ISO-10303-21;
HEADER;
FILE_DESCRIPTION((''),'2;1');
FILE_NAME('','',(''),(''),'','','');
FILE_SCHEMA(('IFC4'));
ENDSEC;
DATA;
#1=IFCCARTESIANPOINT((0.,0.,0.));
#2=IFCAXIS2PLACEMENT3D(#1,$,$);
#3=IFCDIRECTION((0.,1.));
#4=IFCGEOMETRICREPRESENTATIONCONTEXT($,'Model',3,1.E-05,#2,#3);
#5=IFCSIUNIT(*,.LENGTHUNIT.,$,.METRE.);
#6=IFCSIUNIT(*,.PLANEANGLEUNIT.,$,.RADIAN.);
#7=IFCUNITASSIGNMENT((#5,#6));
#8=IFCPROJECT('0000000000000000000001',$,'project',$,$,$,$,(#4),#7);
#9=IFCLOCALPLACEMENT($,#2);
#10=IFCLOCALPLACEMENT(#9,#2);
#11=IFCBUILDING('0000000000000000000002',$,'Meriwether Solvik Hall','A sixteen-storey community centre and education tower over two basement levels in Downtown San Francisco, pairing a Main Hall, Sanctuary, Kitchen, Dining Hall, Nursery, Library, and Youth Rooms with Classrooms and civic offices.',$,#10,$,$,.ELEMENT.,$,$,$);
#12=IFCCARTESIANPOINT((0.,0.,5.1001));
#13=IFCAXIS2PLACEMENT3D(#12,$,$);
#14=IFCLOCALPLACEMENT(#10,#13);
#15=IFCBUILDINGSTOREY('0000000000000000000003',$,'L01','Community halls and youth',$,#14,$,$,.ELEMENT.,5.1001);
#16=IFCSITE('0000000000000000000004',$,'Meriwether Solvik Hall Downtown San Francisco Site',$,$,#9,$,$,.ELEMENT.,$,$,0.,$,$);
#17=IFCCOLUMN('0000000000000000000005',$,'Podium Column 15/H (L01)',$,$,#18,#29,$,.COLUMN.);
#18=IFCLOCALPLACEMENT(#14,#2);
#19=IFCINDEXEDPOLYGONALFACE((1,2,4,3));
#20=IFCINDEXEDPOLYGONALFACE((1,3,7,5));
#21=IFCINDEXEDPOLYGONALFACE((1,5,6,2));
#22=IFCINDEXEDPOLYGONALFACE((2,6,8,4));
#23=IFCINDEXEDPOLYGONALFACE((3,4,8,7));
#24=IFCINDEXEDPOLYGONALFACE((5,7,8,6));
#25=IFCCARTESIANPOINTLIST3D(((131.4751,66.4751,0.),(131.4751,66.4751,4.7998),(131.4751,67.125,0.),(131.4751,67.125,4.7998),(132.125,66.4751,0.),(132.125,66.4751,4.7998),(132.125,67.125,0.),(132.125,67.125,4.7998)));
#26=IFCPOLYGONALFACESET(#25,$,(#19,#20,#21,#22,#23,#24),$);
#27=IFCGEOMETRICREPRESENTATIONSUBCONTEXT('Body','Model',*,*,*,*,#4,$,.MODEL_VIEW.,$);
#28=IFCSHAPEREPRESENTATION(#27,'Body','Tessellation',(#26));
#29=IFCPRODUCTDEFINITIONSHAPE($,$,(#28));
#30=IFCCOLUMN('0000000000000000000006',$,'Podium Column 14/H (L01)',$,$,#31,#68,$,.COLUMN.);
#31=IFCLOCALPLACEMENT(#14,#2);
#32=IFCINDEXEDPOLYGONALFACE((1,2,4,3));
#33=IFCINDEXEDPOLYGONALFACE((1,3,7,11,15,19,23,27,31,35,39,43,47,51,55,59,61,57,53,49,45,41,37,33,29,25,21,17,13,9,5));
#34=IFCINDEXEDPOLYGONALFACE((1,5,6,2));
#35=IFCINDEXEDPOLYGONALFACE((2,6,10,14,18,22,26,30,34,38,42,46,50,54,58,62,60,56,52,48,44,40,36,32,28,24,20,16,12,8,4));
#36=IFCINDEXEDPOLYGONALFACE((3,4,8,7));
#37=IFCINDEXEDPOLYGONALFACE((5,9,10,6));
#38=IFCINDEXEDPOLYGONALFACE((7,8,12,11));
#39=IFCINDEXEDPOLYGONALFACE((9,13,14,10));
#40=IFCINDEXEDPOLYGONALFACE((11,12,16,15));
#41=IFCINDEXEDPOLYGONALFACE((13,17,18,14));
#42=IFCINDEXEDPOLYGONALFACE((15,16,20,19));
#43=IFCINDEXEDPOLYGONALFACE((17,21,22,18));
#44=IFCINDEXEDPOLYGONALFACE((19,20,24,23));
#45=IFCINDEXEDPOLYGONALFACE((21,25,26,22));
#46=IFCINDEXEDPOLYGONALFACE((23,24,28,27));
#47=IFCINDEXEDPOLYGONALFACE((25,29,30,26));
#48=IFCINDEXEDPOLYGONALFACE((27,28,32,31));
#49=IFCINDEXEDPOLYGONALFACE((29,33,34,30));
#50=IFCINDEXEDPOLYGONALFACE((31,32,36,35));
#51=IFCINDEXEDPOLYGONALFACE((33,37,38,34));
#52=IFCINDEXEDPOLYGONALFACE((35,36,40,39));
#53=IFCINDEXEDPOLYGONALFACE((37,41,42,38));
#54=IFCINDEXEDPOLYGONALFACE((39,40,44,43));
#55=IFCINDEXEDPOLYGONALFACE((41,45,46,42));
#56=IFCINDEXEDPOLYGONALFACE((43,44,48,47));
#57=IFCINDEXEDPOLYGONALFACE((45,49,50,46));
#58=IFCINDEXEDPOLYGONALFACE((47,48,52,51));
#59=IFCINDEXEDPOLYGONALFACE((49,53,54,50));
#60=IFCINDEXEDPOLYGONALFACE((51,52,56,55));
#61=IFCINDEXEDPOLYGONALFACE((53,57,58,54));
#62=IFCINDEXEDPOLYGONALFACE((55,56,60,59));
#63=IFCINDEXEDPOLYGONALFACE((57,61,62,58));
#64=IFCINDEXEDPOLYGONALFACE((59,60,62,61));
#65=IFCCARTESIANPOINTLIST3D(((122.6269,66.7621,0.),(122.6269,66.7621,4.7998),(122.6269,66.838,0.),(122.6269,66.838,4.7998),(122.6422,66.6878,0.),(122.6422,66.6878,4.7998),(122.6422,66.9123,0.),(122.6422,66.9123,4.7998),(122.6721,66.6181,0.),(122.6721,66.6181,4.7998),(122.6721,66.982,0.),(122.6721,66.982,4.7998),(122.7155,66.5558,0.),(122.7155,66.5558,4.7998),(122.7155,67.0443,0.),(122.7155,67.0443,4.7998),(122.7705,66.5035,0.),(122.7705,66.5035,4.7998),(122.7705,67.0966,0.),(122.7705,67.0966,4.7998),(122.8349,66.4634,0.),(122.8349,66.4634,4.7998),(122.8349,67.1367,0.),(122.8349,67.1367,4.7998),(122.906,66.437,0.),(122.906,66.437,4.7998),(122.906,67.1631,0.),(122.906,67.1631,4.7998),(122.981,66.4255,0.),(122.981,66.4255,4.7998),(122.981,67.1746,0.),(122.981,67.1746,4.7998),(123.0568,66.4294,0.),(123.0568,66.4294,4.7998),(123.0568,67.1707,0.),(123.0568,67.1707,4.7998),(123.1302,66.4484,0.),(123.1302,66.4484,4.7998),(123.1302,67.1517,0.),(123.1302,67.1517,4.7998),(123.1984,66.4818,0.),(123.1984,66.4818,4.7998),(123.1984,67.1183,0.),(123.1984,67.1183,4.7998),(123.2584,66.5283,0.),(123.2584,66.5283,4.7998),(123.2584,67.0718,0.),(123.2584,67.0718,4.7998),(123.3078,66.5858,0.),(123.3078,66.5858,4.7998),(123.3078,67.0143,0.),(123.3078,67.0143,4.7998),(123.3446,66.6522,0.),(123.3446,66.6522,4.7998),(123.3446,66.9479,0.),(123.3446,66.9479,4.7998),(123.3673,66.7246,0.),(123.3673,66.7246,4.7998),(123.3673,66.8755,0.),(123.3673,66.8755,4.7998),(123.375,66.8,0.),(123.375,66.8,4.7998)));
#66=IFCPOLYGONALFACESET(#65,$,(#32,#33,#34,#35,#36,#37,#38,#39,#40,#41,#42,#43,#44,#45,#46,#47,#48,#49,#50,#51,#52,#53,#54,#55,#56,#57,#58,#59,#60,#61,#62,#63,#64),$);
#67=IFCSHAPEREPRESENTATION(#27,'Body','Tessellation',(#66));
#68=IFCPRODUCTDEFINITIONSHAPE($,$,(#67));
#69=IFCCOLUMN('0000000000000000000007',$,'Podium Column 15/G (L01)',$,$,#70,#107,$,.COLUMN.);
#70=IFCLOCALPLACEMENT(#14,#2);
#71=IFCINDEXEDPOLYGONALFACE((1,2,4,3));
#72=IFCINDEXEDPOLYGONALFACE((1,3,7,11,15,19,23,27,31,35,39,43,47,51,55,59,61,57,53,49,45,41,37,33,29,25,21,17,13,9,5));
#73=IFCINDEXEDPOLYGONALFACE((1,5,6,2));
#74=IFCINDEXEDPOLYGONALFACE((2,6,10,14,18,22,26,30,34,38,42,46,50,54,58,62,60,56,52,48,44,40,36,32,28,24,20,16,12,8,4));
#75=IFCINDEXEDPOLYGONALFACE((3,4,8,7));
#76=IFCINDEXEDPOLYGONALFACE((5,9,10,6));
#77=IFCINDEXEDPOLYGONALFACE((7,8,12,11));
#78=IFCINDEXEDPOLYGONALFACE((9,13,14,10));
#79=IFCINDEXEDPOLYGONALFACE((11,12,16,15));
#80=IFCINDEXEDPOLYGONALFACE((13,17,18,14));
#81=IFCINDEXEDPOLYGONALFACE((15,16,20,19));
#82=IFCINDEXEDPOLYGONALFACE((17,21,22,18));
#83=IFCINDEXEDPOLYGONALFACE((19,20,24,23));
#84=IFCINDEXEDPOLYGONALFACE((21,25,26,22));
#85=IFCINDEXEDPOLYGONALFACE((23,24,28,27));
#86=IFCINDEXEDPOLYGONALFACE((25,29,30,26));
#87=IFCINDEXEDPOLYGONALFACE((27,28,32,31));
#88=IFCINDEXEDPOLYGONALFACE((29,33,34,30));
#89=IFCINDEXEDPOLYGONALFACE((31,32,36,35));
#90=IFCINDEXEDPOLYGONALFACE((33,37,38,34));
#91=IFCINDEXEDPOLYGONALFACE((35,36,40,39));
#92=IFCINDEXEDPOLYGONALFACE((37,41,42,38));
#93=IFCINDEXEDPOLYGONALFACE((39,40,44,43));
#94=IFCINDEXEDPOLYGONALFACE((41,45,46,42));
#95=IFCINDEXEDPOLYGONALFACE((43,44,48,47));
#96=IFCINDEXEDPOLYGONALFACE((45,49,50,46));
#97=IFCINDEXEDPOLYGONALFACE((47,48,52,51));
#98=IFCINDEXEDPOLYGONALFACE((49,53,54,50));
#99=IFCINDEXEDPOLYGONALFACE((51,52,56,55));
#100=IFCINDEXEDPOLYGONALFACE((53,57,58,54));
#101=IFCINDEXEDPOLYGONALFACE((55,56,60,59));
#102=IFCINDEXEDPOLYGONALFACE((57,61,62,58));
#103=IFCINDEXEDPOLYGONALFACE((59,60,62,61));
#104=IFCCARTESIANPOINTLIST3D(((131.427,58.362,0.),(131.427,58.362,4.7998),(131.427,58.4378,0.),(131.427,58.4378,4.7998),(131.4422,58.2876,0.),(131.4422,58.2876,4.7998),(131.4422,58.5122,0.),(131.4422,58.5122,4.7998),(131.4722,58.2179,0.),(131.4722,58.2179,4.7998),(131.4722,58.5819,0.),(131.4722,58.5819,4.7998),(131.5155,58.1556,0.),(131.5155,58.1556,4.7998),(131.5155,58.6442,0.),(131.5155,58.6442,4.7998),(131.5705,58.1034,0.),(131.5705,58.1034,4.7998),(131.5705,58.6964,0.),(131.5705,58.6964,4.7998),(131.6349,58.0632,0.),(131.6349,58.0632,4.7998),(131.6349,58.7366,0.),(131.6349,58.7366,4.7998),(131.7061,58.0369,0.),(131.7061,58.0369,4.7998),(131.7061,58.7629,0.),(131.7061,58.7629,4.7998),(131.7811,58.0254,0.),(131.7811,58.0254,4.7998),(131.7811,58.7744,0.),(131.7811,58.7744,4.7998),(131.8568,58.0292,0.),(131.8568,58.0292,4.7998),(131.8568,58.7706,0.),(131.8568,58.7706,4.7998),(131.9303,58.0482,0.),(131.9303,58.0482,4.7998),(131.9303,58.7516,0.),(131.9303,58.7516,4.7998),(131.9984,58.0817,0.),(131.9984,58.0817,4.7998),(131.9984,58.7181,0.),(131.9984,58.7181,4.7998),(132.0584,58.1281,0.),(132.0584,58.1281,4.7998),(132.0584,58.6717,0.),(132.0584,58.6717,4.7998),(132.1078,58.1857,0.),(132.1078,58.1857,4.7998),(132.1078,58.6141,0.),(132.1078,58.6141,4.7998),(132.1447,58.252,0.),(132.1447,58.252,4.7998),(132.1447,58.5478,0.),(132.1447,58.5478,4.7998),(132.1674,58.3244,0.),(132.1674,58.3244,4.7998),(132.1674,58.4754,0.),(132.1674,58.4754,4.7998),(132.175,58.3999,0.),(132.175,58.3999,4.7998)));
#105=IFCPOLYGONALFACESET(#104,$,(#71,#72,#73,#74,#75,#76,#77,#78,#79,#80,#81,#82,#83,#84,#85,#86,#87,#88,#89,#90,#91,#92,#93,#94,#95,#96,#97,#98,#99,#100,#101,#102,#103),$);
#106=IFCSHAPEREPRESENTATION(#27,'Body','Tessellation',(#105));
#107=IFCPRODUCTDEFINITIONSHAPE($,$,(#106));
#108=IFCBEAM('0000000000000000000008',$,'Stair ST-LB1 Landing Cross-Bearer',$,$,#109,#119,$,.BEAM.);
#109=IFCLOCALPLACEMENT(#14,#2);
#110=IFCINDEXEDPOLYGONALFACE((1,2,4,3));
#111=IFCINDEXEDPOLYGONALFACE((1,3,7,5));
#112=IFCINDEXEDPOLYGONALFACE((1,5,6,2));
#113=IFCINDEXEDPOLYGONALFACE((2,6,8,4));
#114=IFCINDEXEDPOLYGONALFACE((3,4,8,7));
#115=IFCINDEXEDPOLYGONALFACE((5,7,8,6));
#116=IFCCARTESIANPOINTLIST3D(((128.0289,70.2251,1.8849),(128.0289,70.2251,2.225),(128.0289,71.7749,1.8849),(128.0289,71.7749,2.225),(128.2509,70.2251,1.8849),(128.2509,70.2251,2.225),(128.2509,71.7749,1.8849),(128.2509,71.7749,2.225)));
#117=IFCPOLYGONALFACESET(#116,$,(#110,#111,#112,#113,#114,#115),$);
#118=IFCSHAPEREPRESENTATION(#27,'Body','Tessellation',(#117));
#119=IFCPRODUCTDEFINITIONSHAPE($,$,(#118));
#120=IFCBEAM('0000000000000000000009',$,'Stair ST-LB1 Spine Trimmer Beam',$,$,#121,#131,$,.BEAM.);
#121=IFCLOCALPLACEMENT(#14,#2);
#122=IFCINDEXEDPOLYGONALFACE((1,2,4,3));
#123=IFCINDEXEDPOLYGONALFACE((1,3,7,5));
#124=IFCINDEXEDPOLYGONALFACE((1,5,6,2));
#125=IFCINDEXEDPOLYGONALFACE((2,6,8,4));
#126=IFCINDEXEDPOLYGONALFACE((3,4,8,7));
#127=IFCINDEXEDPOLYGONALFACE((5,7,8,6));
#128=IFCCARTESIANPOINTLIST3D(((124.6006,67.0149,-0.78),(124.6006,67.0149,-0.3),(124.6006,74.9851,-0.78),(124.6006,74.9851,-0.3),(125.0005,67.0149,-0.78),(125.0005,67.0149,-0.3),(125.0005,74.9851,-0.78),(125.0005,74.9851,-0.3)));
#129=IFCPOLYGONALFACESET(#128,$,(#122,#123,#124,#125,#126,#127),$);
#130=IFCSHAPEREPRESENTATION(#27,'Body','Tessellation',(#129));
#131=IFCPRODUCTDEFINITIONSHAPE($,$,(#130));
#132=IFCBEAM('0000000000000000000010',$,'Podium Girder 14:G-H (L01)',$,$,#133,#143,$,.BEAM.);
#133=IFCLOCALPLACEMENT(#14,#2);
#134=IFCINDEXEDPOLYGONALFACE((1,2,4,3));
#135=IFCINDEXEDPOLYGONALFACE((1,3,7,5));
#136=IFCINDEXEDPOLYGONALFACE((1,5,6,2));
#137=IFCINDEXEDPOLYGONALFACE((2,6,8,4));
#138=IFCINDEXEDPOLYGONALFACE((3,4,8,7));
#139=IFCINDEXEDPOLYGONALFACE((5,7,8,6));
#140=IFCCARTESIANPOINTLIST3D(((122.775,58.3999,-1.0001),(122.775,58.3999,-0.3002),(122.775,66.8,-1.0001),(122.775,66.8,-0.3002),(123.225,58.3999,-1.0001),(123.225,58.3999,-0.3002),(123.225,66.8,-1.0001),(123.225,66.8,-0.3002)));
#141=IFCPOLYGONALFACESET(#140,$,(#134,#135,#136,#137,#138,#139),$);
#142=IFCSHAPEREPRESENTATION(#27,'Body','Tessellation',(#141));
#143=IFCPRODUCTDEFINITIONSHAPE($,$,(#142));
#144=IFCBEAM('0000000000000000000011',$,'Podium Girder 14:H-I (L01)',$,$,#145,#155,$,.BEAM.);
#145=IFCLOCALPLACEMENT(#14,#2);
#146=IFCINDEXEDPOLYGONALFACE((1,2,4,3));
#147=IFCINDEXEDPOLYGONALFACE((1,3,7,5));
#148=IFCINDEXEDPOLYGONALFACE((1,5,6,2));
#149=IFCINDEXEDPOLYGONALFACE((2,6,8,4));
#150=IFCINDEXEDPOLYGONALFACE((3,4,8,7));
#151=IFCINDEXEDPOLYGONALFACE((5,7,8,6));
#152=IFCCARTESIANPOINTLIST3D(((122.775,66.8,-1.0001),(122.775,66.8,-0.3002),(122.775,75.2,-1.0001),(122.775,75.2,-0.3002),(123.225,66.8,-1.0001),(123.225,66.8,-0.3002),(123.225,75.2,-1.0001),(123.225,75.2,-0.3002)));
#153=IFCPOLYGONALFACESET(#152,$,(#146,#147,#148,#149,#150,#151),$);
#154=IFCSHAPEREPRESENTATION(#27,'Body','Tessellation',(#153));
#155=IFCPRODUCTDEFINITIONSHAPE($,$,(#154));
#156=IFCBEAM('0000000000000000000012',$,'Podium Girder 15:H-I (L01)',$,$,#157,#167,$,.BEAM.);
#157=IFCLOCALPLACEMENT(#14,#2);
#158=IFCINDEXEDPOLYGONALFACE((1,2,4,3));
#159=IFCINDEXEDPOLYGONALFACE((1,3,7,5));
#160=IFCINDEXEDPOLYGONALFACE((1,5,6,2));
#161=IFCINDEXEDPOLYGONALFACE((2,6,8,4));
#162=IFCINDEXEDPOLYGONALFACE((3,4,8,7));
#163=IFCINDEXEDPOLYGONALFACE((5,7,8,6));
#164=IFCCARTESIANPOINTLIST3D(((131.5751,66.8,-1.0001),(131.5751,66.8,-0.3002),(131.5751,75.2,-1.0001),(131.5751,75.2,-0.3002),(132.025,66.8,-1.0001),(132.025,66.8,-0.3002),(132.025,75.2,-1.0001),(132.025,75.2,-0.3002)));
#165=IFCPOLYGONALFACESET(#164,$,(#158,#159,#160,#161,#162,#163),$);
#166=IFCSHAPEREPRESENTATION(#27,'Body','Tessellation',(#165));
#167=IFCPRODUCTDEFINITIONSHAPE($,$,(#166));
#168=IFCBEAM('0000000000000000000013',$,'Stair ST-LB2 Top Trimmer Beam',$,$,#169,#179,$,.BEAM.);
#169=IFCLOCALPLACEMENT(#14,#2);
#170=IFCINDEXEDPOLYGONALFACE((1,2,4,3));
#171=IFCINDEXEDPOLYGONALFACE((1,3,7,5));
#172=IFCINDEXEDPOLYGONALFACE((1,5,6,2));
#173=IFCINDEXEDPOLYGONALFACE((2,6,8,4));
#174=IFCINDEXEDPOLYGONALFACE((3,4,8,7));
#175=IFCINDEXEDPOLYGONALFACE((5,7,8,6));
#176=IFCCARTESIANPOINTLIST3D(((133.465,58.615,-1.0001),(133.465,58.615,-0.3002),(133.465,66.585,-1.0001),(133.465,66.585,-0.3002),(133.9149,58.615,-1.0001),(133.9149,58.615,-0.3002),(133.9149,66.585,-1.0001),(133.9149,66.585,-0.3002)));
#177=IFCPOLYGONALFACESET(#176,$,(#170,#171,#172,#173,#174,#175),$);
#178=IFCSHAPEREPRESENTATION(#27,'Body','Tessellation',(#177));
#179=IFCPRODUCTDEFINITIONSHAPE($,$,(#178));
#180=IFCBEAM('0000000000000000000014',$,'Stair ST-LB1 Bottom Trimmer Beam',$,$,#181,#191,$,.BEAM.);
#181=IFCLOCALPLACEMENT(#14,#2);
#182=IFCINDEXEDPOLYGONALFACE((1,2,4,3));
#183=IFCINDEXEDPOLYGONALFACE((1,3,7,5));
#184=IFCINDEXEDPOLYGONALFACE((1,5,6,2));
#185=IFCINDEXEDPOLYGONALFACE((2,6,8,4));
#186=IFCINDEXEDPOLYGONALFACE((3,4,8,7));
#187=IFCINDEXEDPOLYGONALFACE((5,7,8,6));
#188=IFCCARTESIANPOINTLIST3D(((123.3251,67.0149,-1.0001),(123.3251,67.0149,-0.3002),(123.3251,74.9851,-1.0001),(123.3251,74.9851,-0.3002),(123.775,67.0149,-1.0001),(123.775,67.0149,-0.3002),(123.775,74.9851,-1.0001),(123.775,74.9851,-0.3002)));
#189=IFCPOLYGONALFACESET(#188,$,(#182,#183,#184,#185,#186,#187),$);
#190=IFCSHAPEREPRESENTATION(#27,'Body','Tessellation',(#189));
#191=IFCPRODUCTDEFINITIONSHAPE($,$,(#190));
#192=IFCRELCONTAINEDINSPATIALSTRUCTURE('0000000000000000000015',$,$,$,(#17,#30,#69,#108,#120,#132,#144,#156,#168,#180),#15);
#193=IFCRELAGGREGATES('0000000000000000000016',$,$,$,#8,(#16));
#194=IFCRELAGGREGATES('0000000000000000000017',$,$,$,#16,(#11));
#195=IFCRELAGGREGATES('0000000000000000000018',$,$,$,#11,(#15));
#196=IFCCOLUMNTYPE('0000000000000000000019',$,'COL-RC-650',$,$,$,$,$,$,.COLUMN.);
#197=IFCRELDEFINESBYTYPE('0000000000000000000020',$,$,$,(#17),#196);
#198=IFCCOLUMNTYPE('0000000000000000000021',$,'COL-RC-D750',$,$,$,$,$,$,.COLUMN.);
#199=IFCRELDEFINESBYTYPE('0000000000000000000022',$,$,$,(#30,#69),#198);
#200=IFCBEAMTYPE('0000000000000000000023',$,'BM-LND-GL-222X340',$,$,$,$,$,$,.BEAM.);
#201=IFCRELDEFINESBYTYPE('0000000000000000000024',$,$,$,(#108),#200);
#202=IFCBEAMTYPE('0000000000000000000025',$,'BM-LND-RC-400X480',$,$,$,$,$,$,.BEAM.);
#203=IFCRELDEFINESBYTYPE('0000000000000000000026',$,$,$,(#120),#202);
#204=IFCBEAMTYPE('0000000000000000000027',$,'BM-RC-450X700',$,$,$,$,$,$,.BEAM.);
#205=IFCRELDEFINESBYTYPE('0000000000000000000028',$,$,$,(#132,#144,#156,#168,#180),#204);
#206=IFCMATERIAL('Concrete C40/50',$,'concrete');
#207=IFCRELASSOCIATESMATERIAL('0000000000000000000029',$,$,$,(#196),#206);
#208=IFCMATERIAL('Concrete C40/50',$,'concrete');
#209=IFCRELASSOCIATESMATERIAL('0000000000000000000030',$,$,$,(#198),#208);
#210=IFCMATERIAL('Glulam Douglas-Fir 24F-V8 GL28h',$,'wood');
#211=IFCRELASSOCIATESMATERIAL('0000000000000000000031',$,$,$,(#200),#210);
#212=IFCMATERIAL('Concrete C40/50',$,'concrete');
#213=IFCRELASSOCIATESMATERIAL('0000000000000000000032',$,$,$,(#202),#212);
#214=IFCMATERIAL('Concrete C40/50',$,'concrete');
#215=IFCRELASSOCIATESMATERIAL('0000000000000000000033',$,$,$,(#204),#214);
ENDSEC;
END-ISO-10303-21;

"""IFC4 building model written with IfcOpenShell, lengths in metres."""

from ifc_helpers import new_model, si_unit, direction, frame, origin, origin_2d, place, context, subcontext, project, spatial, rectangle, circle, extrude, material, material_profile, profile_set, type_object, element, save


model = new_model("IFC4")

# Units and contexts
model_context = context("Model", 3, precision=1e-05, world=origin(), true_north=direction((0.0, 1.0)))
body_context = subcontext(model_context, "Body", "Model", "MODEL_VIEW")
ifc_project = project(units=[si_unit("LENGTHUNIT", "METRE"), si_unit("PLANEANGLEUNIT", "RADIAN")], contexts=[model_context])

# Site, building, storey
site_placement = place(None, origin())
site = spatial("IfcSite", under=ifc_project, at=site_placement, Name="Meriwether Solvik Hall Downtown San Francisco Site", CompositionType="ELEMENT", RefElevation=0.0)
building_placement = place(site_placement, origin())
building = spatial("IfcBuilding", under=site, at=building_placement, Name="Meriwether Solvik Hall", Description="A sixteen-storey community centre and education tower over two basement levels in Downtown San Francisco, pairing a Main Hall, Sanctuary, Kitchen, Dining Hall, Nursery, Library, and Youth Rooms with Classrooms and civic offices.", CompositionType="ELEMENT")
storey_placement = place(building_placement, frame((0.0, 0.0, 5.1001)))
storey = spatial("IfcBuildingStorey", under=building, at=storey_placement, Name="L01", Description="Community halls and youth", CompositionType="ELEMENT", Elevation=5.1001)

# Columns
ifc_material_1 = material(Name="Concrete C40/50", Category="concrete")
ifc_material_profile_1 = material_profile(ifc_material_1, rectangle(XDim=0.6499, YDim=0.6499, at=origin_2d()), Name="RCC-650X650")
ifc_profile_set_1 = profile_set([ifc_material_profile_1], Name="Concrete C40/50")
column_type_1 = type_object("IfcColumnType", Name="COL-RC-650", PredefinedType="COLUMN", material=ifc_profile_set_1)
column_placement = place(storey_placement, frame((131.8, 66.8, 0.0), z_axis=(0.0, 0.0, 1.0), x_axis=(1.0, 0.0, 0.0)))
element("IfcColumn", 1, at=column_placement, inside=storey, type_object=column_type_1, Name="Podium Column 15/H (L01)", PredefinedType="COLUMN", context=body_context, shape_type="SweptSolid", body=[
    extrude(rectangle(XDim=0.6499, YDim=0.6499, at=origin_2d()), origin(), (0.0, 0.0, 1.0), 4.7998),
])
ifc_material_2 = material(Name="Concrete C40/50", Category="concrete")
ifc_material_profile_2 = material_profile(ifc_material_2, circle(Radius=0.375, at=origin_2d()), Name="RCC-D750")
ifc_profile_set_2 = profile_set([ifc_material_profile_2], Name="Concrete C40/50")
column_type_2 = type_object("IfcColumnType", Name="COL-RC-D750", PredefinedType="COLUMN", material=ifc_profile_set_2)
for number, where, z_axis, x_axis, name in (
    (2, (123.0, 66.8, 0.0), (0.0, 0.0, 1.0), (1.0, 0.0, 0.0), "Podium Column 14/H (L01)"),
    (3, (131.8, 58.3999, 0.0), (0.0, 0.0, 1.0), (1.0, 0.0, 0.0), "Podium Column 15/G (L01)"),
):
    element("IfcColumn", number, at=place(storey_placement, frame(where, z_axis=z_axis, x_axis=x_axis)), inside=storey, type_object=column_type_2, Name=name, PredefinedType="COLUMN", context=body_context, shape_type="SweptSolid", body=[
        extrude(circle(Radius=0.375, at=origin_2d()), origin(), (0.0, 0.0, 1.0), 4.7998),
    ])

# Beams
ifc_material_3 = material(Name="Glulam Douglas-Fir 24F-V8 GL28h", Category="wood")
ifc_material_profile_3 = material_profile(ifc_material_3, rectangle(XDim=0.2219, YDim=0.3401, at=origin_2d()), Name="GLB-222X340")
ifc_profile_set_3 = profile_set([ifc_material_profile_3], Name="Glulam Douglas-Fir 24F-V8 GL28h")
beam_type_1 = type_object("IfcBeamType", Name="BM-LND-GL-222X340", PredefinedType="BEAM", material=ifc_profile_set_3)
beam_1_placement = place(storey_placement, frame((128.1399, 70.2251, 2.0549), z_axis=(0.0, 1.0, 0.0), x_axis=(-1.0, 0.0, 0.0)))
element("IfcBeam", 4, at=beam_1_placement, inside=storey, type_object=beam_type_1, Name="Stair ST-LB1 Landing Cross-Bearer", PredefinedType="BEAM", context=body_context, shape_type="SweptSolid", body=[
    extrude(rectangle(XDim=0.2219, YDim=0.3401, at=origin_2d()), origin(), (0.0, 0.0, 1.0), 1.5498),
])
ifc_material_4 = material(Name="Concrete C40/50", Category="concrete")
ifc_material_profile_4 = material_profile(ifc_material_4, rectangle(XDim=0.3999, YDim=0.48, at=origin_2d()), Name="RCB-400X480")
ifc_profile_set_4 = profile_set([ifc_material_profile_4], Name="Concrete C40/50")
beam_type_2 = type_object("IfcBeamType", Name="BM-LND-RC-400X480", PredefinedType="BEAM", material=ifc_profile_set_4)
beam_2_placement = place(storey_placement, frame((124.8005, 67.0149, -0.54), z_axis=(0.0, 1.0, 0.0), x_axis=(-1.0, 0.0, 0.0)))
element("IfcBeam", 5, at=beam_2_placement, inside=storey, type_object=beam_type_2, Name="Stair ST-LB1 Spine Trimmer Beam", PredefinedType="BEAM", context=body_context, shape_type="SweptSolid", body=[
    extrude(rectangle(XDim=0.3999, YDim=0.48, at=origin_2d()), origin(), (0.0, 0.0, 1.0), 7.9702),
])
ifc_material_5 = material(Name="Concrete C40/50", Category="concrete")
ifc_material_profile_5 = material_profile(ifc_material_5, rectangle(XDim=0.45, YDim=0.7, at=origin_2d()), Name="RCB-450X700")
ifc_profile_set_5 = profile_set([ifc_material_profile_5], Name="Concrete C40/50")
beam_type_3 = type_object("IfcBeamType", Name="BM-RC-450X700", PredefinedType="BEAM", material=ifc_profile_set_5)
beam_3_placement = place(storey_placement, frame((123.0, 58.3999, -0.6501), z_axis=(0.0, 1.0, 0.0), x_axis=(-1.0, 0.0, 0.0)))
element("IfcBeam", 6, at=beam_3_placement, inside=storey, type_object=beam_type_3, Name="Podium Girder 14:G-H (L01)", PredefinedType="BEAM", context=body_context, shape_type="SweptSolid", body=[
    extrude(rectangle(XDim=0.45, YDim=0.7, at=origin_2d()), origin(), (0.0, 0.0, 1.0), 8.4001),
])
for number, where, z_axis, x_axis, name in (
    (7, (123.0, 66.8, -0.6501), (0.0, 1.0, 0.0), (-1.0, 0.0, 0.0), "Podium Girder 14:H-I (L01)"),
    (8, (131.8, 66.8, -0.6501), (0.0, 1.0, 0.0), (-1.0, 0.0, 0.0), "Podium Girder 15:H-I (L01)"),
):
    element("IfcBeam", number, at=place(storey_placement, frame(where, z_axis=z_axis, x_axis=x_axis)), inside=storey, type_object=beam_type_3, Name=name, PredefinedType="BEAM", context=body_context, shape_type="SweptSolid", body=[
        extrude(rectangle(XDim=0.45, YDim=0.7, at=origin_2d()), origin(), (0.0, 0.0, 1.0), 8.3999),
    ])
beam_4_placement = place(storey_placement, frame((133.6899, 58.615, -0.6501), z_axis=(0.0, 1.0, 0.0), x_axis=(-1.0, 0.0, 0.0)))
element("IfcBeam", 9, at=beam_4_placement, inside=storey, type_object=beam_type_3, Name="Stair ST-LB2 Top Trimmer Beam", PredefinedType="BEAM", context=body_context, shape_type="SweptSolid", body=[
    extrude(rectangle(XDim=0.45, YDim=0.7, at=origin_2d()), origin(), (0.0, 0.0, 1.0), 7.97),
])
beam_5_placement = place(storey_placement, frame((123.55, 67.0149, -0.6501), z_axis=(0.0, 1.0, 0.0), x_axis=(-1.0, 0.0, 0.0)))
element("IfcBeam", 10, at=beam_5_placement, inside=storey, type_object=beam_type_3, Name="Stair ST-LB1 Bottom Trimmer Beam", PredefinedType="BEAM", context=body_context, shape_type="SweptSolid", body=[
    extrude(rectangle(XDim=0.45, YDim=0.7, at=origin_2d()), origin(), (0.0, 0.0, 1.0), 7.9702),
])

save(model, "model.ifc")
